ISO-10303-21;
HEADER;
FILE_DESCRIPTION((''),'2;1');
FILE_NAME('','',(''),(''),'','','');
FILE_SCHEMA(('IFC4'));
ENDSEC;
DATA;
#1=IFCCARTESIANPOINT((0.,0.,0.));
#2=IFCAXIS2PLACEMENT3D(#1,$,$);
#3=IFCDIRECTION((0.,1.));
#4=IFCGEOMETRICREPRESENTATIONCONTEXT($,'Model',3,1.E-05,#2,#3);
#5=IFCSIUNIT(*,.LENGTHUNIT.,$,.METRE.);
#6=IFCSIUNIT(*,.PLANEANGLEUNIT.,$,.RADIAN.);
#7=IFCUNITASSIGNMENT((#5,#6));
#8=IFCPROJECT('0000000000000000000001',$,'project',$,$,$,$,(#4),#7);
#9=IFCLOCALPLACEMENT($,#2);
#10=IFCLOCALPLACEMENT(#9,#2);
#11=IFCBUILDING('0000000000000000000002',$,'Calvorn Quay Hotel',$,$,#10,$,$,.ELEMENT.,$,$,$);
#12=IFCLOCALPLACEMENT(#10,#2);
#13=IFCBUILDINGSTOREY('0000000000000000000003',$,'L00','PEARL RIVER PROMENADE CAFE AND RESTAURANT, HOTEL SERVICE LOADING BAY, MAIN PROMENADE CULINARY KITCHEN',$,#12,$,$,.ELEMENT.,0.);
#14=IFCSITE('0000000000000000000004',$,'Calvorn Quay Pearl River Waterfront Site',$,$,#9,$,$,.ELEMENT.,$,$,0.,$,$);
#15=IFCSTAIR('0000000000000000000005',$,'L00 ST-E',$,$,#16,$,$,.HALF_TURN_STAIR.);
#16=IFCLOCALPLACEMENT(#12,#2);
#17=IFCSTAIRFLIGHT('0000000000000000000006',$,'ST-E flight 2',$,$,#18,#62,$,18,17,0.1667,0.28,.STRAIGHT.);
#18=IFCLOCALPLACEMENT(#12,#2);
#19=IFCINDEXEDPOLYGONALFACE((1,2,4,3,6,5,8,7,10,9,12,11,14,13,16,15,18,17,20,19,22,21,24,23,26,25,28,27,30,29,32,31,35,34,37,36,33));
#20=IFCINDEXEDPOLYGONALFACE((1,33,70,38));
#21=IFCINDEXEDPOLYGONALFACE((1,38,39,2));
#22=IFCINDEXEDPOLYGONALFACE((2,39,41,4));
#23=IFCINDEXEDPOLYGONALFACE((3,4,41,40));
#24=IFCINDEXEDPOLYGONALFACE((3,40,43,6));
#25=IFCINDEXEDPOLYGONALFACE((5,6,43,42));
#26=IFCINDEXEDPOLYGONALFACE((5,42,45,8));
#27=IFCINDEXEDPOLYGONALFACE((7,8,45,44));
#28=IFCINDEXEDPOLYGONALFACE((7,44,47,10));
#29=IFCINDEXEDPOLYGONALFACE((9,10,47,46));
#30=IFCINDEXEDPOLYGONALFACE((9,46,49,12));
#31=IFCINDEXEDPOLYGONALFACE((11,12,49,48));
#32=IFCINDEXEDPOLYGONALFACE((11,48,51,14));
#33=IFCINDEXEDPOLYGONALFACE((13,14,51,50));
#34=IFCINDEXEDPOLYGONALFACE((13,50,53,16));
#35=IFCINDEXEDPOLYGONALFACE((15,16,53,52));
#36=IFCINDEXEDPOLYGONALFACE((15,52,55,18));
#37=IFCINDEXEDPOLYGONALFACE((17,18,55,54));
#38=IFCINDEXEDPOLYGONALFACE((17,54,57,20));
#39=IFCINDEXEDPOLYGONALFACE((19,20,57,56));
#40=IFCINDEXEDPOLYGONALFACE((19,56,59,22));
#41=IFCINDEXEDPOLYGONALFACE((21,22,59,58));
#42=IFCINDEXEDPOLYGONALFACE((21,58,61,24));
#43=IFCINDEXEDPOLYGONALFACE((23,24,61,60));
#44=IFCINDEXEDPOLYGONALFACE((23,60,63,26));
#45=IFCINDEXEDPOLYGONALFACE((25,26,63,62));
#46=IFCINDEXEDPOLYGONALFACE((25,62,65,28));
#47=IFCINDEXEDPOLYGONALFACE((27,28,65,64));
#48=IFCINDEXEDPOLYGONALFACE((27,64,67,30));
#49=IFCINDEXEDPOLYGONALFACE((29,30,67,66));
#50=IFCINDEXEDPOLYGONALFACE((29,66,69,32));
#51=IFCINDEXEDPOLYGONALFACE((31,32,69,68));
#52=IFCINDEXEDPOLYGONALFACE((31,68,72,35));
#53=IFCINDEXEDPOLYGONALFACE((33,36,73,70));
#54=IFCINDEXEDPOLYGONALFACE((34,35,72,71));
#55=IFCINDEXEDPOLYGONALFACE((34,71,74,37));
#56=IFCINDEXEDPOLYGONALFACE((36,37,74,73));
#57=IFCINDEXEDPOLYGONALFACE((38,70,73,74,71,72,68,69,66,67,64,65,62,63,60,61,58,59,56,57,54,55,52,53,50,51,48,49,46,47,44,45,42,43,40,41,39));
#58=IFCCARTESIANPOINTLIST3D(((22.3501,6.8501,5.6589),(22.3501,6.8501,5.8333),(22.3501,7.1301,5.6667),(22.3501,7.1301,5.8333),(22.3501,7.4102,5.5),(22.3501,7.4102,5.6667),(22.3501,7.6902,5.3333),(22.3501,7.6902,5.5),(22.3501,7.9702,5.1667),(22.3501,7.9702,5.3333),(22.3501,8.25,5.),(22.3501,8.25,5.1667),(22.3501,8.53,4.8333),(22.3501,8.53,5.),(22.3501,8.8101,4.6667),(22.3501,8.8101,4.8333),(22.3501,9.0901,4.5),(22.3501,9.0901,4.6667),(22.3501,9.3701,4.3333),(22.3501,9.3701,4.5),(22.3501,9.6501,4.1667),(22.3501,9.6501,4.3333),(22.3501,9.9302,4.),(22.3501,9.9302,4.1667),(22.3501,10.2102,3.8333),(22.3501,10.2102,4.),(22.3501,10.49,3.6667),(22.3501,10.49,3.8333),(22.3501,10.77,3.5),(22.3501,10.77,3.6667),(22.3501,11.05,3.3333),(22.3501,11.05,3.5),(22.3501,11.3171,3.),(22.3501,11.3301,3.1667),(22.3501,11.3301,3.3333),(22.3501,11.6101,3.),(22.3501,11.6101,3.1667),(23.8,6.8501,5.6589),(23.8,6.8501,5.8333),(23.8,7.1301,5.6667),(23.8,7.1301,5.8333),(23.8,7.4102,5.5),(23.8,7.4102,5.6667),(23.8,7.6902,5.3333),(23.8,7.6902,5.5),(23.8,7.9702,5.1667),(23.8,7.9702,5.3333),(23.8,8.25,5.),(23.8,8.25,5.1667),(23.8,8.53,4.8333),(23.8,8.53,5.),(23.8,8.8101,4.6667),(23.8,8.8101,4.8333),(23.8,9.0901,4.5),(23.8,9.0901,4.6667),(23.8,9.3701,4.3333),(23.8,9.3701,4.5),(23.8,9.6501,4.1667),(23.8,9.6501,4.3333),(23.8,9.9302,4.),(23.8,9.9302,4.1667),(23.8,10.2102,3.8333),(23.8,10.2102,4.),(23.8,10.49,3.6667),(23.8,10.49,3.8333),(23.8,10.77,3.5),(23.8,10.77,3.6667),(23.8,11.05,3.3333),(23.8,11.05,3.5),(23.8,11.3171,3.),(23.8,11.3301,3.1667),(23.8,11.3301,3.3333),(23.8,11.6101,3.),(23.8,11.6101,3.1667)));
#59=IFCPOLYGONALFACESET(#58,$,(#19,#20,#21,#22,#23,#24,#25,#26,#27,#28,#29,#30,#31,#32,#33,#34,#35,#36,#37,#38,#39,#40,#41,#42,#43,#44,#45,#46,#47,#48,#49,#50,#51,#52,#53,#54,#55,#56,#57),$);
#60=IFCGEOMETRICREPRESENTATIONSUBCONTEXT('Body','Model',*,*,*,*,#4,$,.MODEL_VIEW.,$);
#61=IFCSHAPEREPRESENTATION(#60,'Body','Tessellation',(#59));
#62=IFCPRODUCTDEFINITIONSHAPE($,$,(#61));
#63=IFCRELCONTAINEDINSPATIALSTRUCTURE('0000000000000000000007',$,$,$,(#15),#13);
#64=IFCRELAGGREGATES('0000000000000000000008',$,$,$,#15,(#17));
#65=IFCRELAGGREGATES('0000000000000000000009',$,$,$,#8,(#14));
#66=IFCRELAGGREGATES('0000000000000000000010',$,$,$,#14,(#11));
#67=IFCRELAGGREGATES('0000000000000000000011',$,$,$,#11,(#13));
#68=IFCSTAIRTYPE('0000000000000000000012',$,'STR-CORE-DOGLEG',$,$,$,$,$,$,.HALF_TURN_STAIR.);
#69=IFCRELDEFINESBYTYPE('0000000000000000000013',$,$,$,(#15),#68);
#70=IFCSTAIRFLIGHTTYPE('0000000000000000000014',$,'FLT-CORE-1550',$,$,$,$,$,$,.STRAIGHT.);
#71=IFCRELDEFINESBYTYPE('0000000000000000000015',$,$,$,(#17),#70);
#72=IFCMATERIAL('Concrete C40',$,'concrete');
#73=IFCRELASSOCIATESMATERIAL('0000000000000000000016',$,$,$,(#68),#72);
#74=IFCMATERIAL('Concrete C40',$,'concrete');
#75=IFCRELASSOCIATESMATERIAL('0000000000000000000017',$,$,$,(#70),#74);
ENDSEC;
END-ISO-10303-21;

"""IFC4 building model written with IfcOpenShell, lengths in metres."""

from ifc_helpers import new_model, si_unit, direction, frame, origin, place, context, subcontext, project, spatial, polyline, outline, extrude, material, type_object, element, aggregate, save


model = new_model("IFC4")

# Units and contexts
model_context = context("Model", 3, precision=1e-05, world=origin(), true_north=direction((0.0, 1.0)))
body_context = subcontext(model_context, "Body", "Model", "MODEL_VIEW")
ifc_project = project(units=[si_unit("LENGTHUNIT", "METRE"), si_unit("PLANEANGLEUNIT", "RADIAN")], contexts=[model_context])

# Site, building, storey
site_placement = place(None, origin())
site = spatial("IfcSite", under=ifc_project, at=site_placement, Name="Calvorn Quay Pearl River Waterfront Site", CompositionType="ELEMENT", RefElevation=0.0)
building_placement = place(site_placement, origin())
building = spatial("IfcBuilding", under=site, at=building_placement, Name="Calvorn Quay Hotel", CompositionType="ELEMENT")
storey_placement = place(building_placement, origin())
storey = spatial("IfcBuildingStorey", under=building, at=storey_placement, Name="L00", Description="PEARL RIVER PROMENADE CAFE AND RESTAURANT, HOTEL SERVICE LOADING BAY, MAIN PROMENADE CULINARY KITCHEN", CompositionType="ELEMENT", Elevation=0.0)

# Stair, stair flight
ifc_material_1 = material(Name="Concrete C40", Category="concrete")
stair_type = type_object("IfcStairType", Name="STR-CORE-DOGLEG", PredefinedType="HALF_TURN_STAIR", material=ifc_material_1)
stair_placement = place(storey_placement, origin())
stair = element("IfcStair", 1, at=stair_placement, inside=storey, type_object=stair_type, Name="L00 ST-E", PredefinedType="HALF_TURN_STAIR")
ifc_material_2 = material(Name="Concrete C40", Category="concrete")
stair_flight_type = type_object("IfcStairFlightType", Name="FLT-CORE-1550", PredefinedType="STRAIGHT", material=ifc_material_2)
stair_flight_placement = place(storey_placement, frame((23.075, 11.6101, 3.0), z_axis=(0.0, 0.0, 1.0), x_axis=(0.0, -1.0, 0.0)))
stair_flight = element("IfcStairFlight", 2, at=stair_flight_placement, type_object=stair_flight_type, Name="ST-E flight 2", NumberOfRisers=18, NumberOfTreads=17, PredefinedType="STRAIGHT", RiserHeight=0.1667, TreadLength=0.28, context=body_context, shape_type="SweptSolid", body=[
    extrude(outline(polyline([(0.0, 0.0), (0.0, 0.1667), (0.28, 0.1667), (0.28, 0.3333), (0.5601, 0.3333), (0.5601, 0.5), (0.8401, 0.5), (0.8401, 0.6667), (1.1201, 0.6667), (1.1201, 0.8333), (1.3999, 0.8333), (1.3999, 1.0), (1.6799, 1.0), (1.6799, 1.1667), (1.96, 1.1667), (1.96, 1.3333), (2.24, 1.3333), (2.24, 1.5), (2.52, 1.5), (2.52, 1.6667), (2.8, 1.6667), (2.8, 1.8333), (3.0801, 1.8333), (3.0801, 2.0), (3.3601, 2.0), (3.3601, 2.1667), (3.6399, 2.1667), (3.6399, 2.3333), (3.9199, 2.3333), (3.9199, 2.5), (4.2, 2.5), (4.2, 2.6667), (4.48, 2.6667), (4.48, 2.8333), (4.76, 2.8333), (4.76, 3.0), (4.76, 2.6589), (0.293, 0.0), (0.0, 0.0)])), frame((0.0, 0.7251, 0.0), z_axis=(0.0, -1.0, 0.0), x_axis=(1.0, 0.0, 0.0)), (0.0, 0.0, 1.0), 1.45),
])
aggregate(stair, [stair_flight])

save(model, "model.ifc")
